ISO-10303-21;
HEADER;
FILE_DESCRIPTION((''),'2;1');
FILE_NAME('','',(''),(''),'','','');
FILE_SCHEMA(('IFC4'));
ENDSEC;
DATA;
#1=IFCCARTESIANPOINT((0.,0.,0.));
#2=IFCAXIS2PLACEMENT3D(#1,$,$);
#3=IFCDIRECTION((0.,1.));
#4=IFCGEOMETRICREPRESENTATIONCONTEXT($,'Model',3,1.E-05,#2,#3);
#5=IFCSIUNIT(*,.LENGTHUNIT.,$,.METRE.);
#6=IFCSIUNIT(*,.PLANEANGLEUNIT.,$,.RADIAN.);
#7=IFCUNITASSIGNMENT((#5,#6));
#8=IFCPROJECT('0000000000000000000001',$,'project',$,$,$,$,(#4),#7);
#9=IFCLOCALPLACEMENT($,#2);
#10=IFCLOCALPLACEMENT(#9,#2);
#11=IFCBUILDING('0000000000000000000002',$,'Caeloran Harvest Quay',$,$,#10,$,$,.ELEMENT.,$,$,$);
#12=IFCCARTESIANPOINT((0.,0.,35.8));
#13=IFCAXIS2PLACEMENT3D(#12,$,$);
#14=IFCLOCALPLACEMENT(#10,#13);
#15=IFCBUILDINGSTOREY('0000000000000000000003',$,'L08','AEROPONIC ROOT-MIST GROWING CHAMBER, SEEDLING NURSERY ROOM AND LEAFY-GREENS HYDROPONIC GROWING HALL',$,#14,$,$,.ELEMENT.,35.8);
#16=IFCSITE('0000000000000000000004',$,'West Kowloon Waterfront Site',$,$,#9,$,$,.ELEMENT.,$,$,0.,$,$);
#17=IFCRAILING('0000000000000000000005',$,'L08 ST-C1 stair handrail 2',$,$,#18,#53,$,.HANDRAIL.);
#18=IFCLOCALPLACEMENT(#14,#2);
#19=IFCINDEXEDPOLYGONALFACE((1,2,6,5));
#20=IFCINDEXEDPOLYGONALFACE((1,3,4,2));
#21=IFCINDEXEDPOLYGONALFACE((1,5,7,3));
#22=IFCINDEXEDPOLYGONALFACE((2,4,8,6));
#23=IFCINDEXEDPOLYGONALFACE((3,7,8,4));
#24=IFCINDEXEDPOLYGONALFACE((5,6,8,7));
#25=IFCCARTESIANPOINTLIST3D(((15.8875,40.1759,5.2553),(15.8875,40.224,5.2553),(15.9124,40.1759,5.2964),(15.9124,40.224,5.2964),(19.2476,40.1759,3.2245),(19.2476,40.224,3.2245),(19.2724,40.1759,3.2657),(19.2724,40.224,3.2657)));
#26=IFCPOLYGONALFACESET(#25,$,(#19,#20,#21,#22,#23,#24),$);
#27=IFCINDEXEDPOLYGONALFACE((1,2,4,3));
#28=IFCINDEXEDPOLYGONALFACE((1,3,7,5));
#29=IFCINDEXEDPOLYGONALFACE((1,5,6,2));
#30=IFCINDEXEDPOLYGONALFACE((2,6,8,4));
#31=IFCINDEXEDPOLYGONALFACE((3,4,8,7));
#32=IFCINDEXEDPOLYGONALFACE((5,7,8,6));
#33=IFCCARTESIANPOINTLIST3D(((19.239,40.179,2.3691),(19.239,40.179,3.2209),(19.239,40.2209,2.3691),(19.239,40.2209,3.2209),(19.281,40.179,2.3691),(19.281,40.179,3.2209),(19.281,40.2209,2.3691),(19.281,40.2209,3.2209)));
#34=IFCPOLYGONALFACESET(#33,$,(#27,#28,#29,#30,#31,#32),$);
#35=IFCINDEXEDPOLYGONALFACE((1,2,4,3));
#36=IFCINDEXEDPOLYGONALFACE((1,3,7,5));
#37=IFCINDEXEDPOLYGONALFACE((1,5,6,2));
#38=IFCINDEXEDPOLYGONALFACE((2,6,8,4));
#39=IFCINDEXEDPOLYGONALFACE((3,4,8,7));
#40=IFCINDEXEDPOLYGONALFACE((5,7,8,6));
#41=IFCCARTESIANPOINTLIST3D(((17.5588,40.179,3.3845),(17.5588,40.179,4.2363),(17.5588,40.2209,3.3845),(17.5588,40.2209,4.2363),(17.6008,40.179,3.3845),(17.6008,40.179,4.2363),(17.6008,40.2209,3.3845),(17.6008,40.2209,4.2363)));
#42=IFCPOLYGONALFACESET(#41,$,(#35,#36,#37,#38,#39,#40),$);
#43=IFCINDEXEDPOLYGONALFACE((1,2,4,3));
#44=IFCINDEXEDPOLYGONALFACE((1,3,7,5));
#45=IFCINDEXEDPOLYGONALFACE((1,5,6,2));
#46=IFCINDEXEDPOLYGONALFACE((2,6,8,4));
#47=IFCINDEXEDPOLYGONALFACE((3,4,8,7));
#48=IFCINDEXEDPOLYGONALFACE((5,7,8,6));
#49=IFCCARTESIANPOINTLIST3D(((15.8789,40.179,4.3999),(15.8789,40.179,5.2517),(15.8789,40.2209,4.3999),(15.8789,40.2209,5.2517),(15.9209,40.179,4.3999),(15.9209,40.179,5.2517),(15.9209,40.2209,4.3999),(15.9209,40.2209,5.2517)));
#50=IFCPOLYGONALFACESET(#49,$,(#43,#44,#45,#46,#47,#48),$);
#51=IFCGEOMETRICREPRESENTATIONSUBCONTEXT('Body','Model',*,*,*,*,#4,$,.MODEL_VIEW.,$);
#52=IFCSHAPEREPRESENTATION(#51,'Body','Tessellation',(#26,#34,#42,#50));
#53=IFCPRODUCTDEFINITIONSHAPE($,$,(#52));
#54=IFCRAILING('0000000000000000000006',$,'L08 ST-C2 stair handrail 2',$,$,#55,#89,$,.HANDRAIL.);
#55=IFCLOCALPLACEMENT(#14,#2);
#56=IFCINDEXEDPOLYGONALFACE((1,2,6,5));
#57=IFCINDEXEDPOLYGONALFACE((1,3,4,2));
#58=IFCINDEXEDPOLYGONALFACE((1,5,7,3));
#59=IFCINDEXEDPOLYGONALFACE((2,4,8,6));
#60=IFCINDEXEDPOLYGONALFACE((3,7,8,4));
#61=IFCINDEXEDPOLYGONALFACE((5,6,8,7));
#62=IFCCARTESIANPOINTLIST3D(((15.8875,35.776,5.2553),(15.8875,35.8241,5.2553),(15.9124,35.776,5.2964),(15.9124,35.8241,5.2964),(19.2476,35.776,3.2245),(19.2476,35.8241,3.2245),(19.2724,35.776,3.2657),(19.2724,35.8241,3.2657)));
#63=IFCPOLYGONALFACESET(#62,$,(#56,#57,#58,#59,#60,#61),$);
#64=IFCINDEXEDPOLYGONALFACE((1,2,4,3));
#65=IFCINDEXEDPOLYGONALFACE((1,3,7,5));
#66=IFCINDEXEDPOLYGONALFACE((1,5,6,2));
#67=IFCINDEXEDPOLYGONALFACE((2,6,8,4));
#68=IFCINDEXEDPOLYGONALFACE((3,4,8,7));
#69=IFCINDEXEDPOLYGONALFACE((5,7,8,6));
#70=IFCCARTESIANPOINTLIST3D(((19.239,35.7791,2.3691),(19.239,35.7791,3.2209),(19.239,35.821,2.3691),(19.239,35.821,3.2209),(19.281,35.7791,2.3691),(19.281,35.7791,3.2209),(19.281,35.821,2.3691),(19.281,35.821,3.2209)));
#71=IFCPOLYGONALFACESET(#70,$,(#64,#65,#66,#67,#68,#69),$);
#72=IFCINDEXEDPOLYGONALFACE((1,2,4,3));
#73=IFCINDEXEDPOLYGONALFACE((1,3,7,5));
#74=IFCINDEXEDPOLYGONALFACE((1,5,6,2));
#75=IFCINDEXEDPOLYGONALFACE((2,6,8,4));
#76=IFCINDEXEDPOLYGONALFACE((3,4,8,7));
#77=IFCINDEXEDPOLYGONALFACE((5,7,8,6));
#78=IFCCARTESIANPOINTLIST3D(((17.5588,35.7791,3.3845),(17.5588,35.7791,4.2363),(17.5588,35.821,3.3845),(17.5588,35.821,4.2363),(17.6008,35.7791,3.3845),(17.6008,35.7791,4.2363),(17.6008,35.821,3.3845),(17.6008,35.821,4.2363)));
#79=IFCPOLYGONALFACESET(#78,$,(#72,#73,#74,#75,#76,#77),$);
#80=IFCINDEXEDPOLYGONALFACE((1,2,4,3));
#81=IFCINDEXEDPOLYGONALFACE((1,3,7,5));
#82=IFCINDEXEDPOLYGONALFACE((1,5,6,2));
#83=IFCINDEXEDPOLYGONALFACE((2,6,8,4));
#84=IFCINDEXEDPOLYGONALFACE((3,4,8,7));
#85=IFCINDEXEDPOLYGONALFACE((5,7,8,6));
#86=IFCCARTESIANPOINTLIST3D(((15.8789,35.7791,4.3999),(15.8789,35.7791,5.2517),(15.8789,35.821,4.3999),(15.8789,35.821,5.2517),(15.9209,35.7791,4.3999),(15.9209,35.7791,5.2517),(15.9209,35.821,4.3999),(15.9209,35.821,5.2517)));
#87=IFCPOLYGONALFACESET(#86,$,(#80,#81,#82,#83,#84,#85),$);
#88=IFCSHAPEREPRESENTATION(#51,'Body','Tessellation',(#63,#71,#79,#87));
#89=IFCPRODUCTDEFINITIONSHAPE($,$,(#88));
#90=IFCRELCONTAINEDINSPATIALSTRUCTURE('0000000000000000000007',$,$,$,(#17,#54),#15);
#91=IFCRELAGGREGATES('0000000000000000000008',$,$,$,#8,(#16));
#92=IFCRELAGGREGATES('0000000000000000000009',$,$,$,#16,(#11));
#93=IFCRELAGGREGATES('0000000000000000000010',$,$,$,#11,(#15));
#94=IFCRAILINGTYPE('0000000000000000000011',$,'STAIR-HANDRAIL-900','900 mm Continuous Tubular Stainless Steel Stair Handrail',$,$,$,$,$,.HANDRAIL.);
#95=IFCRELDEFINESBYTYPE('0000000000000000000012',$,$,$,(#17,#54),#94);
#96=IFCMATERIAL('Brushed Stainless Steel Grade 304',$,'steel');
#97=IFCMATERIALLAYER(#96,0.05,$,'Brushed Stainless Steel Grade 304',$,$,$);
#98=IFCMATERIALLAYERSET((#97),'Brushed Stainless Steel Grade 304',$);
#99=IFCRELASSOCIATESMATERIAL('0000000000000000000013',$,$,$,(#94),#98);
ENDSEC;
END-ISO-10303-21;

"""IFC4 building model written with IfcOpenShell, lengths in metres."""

from ifc_helpers import new_model, si_unit, direction, frame, origin, origin_2d, place, context, subcontext, project, spatial, rectangle, extrude, material, layer, layer_set, type_object, element, save


model = new_model("IFC4")

# Units and contexts
model_context = context("Model", 3, precision=1e-05, world=origin(), true_north=direction((0.0, 1.0)))
body_context = subcontext(model_context, "Body", "Model", "MODEL_VIEW")
ifc_project = project(units=[si_unit("LENGTHUNIT", "METRE"), si_unit("PLANEANGLEUNIT", "RADIAN")], contexts=[model_context])

# Site, building, storey
site_placement = place(None, origin())
site = spatial("IfcSite", under=ifc_project, at=site_placement, Name="West Kowloon Waterfront Site", CompositionType="ELEMENT", RefElevation=0.0)
building_placement = place(site_placement, origin())
building = spatial("IfcBuilding", under=site, at=building_placement, Name="Caeloran Harvest Quay", CompositionType="ELEMENT")
storey_placement = place(building_placement, frame((0.0, 0.0, 35.8)))
storey = spatial("IfcBuildingStorey", under=building, at=storey_placement, Name="L08", Description="AEROPONIC ROOT-MIST GROWING CHAMBER, SEEDLING NURSERY ROOM AND LEAFY-GREENS HYDROPONIC GROWING HALL", CompositionType="ELEMENT", Elevation=35.8)

# Railings
ifc_material_1 = material(Name="Brushed Stainless Steel Grade 304", Category="steel")
ifc_layer_1 = layer(ifc_material_1, 0.05, Name="Brushed Stainless Steel Grade 304")
ifc_layer_set_1 = layer_set([ifc_layer_1], Name="Brushed Stainless Steel Grade 304")
railing_type_1 = type_object("IfcRailingType", Name="STAIR-HANDRAIL-900", Description="900 mm Continuous Tubular Stainless Steel Stair Handrail", PredefinedType="HANDRAIL", material=ifc_layer_set_1)
for number, where, name in (
    (1, (19.26, 40.2, 2.3691), "L08 ST-C1 stair handrail 2"),
    (2, (19.26, 35.8, 2.3691), "L08 ST-C2 stair handrail 2"),
):
    element("IfcRailing", number, at=place(storey_placement, frame(where)), inside=storey, type_object=railing_type_1, Name=name, PredefinedType="HANDRAIL", context=body_context, shape_type="SweptSolid", body=[
        extrude(rectangle(XDim=0.0481, YDim=0.0481, at=origin_2d()), frame((0.0, 0.0, 0.876), z_axis=(-0.855837, 0.0, 0.517246), x_axis=(0.0, -1.0, 0.0)), (0.0, 0.0, 1.0), 3.926),
        extrude(rectangle(XDim=0.042, YDim=0.042, at=origin_2d()), origin(), (0.0, 0.0, 1.0), 0.8518),
        extrude(rectangle(XDim=0.042, YDim=0.042, at=origin_2d()), frame((-1.6802, 0.0, 1.0154)), (0.0, 0.0, 1.0), 0.8518),
        extrude(rectangle(XDim=0.042, YDim=0.042, at=origin_2d()), frame((-3.3601, 0.0, 2.0308)), (0.0, 0.0, 1.0), 0.8518),
    ])

save(model, "model.ifc")
